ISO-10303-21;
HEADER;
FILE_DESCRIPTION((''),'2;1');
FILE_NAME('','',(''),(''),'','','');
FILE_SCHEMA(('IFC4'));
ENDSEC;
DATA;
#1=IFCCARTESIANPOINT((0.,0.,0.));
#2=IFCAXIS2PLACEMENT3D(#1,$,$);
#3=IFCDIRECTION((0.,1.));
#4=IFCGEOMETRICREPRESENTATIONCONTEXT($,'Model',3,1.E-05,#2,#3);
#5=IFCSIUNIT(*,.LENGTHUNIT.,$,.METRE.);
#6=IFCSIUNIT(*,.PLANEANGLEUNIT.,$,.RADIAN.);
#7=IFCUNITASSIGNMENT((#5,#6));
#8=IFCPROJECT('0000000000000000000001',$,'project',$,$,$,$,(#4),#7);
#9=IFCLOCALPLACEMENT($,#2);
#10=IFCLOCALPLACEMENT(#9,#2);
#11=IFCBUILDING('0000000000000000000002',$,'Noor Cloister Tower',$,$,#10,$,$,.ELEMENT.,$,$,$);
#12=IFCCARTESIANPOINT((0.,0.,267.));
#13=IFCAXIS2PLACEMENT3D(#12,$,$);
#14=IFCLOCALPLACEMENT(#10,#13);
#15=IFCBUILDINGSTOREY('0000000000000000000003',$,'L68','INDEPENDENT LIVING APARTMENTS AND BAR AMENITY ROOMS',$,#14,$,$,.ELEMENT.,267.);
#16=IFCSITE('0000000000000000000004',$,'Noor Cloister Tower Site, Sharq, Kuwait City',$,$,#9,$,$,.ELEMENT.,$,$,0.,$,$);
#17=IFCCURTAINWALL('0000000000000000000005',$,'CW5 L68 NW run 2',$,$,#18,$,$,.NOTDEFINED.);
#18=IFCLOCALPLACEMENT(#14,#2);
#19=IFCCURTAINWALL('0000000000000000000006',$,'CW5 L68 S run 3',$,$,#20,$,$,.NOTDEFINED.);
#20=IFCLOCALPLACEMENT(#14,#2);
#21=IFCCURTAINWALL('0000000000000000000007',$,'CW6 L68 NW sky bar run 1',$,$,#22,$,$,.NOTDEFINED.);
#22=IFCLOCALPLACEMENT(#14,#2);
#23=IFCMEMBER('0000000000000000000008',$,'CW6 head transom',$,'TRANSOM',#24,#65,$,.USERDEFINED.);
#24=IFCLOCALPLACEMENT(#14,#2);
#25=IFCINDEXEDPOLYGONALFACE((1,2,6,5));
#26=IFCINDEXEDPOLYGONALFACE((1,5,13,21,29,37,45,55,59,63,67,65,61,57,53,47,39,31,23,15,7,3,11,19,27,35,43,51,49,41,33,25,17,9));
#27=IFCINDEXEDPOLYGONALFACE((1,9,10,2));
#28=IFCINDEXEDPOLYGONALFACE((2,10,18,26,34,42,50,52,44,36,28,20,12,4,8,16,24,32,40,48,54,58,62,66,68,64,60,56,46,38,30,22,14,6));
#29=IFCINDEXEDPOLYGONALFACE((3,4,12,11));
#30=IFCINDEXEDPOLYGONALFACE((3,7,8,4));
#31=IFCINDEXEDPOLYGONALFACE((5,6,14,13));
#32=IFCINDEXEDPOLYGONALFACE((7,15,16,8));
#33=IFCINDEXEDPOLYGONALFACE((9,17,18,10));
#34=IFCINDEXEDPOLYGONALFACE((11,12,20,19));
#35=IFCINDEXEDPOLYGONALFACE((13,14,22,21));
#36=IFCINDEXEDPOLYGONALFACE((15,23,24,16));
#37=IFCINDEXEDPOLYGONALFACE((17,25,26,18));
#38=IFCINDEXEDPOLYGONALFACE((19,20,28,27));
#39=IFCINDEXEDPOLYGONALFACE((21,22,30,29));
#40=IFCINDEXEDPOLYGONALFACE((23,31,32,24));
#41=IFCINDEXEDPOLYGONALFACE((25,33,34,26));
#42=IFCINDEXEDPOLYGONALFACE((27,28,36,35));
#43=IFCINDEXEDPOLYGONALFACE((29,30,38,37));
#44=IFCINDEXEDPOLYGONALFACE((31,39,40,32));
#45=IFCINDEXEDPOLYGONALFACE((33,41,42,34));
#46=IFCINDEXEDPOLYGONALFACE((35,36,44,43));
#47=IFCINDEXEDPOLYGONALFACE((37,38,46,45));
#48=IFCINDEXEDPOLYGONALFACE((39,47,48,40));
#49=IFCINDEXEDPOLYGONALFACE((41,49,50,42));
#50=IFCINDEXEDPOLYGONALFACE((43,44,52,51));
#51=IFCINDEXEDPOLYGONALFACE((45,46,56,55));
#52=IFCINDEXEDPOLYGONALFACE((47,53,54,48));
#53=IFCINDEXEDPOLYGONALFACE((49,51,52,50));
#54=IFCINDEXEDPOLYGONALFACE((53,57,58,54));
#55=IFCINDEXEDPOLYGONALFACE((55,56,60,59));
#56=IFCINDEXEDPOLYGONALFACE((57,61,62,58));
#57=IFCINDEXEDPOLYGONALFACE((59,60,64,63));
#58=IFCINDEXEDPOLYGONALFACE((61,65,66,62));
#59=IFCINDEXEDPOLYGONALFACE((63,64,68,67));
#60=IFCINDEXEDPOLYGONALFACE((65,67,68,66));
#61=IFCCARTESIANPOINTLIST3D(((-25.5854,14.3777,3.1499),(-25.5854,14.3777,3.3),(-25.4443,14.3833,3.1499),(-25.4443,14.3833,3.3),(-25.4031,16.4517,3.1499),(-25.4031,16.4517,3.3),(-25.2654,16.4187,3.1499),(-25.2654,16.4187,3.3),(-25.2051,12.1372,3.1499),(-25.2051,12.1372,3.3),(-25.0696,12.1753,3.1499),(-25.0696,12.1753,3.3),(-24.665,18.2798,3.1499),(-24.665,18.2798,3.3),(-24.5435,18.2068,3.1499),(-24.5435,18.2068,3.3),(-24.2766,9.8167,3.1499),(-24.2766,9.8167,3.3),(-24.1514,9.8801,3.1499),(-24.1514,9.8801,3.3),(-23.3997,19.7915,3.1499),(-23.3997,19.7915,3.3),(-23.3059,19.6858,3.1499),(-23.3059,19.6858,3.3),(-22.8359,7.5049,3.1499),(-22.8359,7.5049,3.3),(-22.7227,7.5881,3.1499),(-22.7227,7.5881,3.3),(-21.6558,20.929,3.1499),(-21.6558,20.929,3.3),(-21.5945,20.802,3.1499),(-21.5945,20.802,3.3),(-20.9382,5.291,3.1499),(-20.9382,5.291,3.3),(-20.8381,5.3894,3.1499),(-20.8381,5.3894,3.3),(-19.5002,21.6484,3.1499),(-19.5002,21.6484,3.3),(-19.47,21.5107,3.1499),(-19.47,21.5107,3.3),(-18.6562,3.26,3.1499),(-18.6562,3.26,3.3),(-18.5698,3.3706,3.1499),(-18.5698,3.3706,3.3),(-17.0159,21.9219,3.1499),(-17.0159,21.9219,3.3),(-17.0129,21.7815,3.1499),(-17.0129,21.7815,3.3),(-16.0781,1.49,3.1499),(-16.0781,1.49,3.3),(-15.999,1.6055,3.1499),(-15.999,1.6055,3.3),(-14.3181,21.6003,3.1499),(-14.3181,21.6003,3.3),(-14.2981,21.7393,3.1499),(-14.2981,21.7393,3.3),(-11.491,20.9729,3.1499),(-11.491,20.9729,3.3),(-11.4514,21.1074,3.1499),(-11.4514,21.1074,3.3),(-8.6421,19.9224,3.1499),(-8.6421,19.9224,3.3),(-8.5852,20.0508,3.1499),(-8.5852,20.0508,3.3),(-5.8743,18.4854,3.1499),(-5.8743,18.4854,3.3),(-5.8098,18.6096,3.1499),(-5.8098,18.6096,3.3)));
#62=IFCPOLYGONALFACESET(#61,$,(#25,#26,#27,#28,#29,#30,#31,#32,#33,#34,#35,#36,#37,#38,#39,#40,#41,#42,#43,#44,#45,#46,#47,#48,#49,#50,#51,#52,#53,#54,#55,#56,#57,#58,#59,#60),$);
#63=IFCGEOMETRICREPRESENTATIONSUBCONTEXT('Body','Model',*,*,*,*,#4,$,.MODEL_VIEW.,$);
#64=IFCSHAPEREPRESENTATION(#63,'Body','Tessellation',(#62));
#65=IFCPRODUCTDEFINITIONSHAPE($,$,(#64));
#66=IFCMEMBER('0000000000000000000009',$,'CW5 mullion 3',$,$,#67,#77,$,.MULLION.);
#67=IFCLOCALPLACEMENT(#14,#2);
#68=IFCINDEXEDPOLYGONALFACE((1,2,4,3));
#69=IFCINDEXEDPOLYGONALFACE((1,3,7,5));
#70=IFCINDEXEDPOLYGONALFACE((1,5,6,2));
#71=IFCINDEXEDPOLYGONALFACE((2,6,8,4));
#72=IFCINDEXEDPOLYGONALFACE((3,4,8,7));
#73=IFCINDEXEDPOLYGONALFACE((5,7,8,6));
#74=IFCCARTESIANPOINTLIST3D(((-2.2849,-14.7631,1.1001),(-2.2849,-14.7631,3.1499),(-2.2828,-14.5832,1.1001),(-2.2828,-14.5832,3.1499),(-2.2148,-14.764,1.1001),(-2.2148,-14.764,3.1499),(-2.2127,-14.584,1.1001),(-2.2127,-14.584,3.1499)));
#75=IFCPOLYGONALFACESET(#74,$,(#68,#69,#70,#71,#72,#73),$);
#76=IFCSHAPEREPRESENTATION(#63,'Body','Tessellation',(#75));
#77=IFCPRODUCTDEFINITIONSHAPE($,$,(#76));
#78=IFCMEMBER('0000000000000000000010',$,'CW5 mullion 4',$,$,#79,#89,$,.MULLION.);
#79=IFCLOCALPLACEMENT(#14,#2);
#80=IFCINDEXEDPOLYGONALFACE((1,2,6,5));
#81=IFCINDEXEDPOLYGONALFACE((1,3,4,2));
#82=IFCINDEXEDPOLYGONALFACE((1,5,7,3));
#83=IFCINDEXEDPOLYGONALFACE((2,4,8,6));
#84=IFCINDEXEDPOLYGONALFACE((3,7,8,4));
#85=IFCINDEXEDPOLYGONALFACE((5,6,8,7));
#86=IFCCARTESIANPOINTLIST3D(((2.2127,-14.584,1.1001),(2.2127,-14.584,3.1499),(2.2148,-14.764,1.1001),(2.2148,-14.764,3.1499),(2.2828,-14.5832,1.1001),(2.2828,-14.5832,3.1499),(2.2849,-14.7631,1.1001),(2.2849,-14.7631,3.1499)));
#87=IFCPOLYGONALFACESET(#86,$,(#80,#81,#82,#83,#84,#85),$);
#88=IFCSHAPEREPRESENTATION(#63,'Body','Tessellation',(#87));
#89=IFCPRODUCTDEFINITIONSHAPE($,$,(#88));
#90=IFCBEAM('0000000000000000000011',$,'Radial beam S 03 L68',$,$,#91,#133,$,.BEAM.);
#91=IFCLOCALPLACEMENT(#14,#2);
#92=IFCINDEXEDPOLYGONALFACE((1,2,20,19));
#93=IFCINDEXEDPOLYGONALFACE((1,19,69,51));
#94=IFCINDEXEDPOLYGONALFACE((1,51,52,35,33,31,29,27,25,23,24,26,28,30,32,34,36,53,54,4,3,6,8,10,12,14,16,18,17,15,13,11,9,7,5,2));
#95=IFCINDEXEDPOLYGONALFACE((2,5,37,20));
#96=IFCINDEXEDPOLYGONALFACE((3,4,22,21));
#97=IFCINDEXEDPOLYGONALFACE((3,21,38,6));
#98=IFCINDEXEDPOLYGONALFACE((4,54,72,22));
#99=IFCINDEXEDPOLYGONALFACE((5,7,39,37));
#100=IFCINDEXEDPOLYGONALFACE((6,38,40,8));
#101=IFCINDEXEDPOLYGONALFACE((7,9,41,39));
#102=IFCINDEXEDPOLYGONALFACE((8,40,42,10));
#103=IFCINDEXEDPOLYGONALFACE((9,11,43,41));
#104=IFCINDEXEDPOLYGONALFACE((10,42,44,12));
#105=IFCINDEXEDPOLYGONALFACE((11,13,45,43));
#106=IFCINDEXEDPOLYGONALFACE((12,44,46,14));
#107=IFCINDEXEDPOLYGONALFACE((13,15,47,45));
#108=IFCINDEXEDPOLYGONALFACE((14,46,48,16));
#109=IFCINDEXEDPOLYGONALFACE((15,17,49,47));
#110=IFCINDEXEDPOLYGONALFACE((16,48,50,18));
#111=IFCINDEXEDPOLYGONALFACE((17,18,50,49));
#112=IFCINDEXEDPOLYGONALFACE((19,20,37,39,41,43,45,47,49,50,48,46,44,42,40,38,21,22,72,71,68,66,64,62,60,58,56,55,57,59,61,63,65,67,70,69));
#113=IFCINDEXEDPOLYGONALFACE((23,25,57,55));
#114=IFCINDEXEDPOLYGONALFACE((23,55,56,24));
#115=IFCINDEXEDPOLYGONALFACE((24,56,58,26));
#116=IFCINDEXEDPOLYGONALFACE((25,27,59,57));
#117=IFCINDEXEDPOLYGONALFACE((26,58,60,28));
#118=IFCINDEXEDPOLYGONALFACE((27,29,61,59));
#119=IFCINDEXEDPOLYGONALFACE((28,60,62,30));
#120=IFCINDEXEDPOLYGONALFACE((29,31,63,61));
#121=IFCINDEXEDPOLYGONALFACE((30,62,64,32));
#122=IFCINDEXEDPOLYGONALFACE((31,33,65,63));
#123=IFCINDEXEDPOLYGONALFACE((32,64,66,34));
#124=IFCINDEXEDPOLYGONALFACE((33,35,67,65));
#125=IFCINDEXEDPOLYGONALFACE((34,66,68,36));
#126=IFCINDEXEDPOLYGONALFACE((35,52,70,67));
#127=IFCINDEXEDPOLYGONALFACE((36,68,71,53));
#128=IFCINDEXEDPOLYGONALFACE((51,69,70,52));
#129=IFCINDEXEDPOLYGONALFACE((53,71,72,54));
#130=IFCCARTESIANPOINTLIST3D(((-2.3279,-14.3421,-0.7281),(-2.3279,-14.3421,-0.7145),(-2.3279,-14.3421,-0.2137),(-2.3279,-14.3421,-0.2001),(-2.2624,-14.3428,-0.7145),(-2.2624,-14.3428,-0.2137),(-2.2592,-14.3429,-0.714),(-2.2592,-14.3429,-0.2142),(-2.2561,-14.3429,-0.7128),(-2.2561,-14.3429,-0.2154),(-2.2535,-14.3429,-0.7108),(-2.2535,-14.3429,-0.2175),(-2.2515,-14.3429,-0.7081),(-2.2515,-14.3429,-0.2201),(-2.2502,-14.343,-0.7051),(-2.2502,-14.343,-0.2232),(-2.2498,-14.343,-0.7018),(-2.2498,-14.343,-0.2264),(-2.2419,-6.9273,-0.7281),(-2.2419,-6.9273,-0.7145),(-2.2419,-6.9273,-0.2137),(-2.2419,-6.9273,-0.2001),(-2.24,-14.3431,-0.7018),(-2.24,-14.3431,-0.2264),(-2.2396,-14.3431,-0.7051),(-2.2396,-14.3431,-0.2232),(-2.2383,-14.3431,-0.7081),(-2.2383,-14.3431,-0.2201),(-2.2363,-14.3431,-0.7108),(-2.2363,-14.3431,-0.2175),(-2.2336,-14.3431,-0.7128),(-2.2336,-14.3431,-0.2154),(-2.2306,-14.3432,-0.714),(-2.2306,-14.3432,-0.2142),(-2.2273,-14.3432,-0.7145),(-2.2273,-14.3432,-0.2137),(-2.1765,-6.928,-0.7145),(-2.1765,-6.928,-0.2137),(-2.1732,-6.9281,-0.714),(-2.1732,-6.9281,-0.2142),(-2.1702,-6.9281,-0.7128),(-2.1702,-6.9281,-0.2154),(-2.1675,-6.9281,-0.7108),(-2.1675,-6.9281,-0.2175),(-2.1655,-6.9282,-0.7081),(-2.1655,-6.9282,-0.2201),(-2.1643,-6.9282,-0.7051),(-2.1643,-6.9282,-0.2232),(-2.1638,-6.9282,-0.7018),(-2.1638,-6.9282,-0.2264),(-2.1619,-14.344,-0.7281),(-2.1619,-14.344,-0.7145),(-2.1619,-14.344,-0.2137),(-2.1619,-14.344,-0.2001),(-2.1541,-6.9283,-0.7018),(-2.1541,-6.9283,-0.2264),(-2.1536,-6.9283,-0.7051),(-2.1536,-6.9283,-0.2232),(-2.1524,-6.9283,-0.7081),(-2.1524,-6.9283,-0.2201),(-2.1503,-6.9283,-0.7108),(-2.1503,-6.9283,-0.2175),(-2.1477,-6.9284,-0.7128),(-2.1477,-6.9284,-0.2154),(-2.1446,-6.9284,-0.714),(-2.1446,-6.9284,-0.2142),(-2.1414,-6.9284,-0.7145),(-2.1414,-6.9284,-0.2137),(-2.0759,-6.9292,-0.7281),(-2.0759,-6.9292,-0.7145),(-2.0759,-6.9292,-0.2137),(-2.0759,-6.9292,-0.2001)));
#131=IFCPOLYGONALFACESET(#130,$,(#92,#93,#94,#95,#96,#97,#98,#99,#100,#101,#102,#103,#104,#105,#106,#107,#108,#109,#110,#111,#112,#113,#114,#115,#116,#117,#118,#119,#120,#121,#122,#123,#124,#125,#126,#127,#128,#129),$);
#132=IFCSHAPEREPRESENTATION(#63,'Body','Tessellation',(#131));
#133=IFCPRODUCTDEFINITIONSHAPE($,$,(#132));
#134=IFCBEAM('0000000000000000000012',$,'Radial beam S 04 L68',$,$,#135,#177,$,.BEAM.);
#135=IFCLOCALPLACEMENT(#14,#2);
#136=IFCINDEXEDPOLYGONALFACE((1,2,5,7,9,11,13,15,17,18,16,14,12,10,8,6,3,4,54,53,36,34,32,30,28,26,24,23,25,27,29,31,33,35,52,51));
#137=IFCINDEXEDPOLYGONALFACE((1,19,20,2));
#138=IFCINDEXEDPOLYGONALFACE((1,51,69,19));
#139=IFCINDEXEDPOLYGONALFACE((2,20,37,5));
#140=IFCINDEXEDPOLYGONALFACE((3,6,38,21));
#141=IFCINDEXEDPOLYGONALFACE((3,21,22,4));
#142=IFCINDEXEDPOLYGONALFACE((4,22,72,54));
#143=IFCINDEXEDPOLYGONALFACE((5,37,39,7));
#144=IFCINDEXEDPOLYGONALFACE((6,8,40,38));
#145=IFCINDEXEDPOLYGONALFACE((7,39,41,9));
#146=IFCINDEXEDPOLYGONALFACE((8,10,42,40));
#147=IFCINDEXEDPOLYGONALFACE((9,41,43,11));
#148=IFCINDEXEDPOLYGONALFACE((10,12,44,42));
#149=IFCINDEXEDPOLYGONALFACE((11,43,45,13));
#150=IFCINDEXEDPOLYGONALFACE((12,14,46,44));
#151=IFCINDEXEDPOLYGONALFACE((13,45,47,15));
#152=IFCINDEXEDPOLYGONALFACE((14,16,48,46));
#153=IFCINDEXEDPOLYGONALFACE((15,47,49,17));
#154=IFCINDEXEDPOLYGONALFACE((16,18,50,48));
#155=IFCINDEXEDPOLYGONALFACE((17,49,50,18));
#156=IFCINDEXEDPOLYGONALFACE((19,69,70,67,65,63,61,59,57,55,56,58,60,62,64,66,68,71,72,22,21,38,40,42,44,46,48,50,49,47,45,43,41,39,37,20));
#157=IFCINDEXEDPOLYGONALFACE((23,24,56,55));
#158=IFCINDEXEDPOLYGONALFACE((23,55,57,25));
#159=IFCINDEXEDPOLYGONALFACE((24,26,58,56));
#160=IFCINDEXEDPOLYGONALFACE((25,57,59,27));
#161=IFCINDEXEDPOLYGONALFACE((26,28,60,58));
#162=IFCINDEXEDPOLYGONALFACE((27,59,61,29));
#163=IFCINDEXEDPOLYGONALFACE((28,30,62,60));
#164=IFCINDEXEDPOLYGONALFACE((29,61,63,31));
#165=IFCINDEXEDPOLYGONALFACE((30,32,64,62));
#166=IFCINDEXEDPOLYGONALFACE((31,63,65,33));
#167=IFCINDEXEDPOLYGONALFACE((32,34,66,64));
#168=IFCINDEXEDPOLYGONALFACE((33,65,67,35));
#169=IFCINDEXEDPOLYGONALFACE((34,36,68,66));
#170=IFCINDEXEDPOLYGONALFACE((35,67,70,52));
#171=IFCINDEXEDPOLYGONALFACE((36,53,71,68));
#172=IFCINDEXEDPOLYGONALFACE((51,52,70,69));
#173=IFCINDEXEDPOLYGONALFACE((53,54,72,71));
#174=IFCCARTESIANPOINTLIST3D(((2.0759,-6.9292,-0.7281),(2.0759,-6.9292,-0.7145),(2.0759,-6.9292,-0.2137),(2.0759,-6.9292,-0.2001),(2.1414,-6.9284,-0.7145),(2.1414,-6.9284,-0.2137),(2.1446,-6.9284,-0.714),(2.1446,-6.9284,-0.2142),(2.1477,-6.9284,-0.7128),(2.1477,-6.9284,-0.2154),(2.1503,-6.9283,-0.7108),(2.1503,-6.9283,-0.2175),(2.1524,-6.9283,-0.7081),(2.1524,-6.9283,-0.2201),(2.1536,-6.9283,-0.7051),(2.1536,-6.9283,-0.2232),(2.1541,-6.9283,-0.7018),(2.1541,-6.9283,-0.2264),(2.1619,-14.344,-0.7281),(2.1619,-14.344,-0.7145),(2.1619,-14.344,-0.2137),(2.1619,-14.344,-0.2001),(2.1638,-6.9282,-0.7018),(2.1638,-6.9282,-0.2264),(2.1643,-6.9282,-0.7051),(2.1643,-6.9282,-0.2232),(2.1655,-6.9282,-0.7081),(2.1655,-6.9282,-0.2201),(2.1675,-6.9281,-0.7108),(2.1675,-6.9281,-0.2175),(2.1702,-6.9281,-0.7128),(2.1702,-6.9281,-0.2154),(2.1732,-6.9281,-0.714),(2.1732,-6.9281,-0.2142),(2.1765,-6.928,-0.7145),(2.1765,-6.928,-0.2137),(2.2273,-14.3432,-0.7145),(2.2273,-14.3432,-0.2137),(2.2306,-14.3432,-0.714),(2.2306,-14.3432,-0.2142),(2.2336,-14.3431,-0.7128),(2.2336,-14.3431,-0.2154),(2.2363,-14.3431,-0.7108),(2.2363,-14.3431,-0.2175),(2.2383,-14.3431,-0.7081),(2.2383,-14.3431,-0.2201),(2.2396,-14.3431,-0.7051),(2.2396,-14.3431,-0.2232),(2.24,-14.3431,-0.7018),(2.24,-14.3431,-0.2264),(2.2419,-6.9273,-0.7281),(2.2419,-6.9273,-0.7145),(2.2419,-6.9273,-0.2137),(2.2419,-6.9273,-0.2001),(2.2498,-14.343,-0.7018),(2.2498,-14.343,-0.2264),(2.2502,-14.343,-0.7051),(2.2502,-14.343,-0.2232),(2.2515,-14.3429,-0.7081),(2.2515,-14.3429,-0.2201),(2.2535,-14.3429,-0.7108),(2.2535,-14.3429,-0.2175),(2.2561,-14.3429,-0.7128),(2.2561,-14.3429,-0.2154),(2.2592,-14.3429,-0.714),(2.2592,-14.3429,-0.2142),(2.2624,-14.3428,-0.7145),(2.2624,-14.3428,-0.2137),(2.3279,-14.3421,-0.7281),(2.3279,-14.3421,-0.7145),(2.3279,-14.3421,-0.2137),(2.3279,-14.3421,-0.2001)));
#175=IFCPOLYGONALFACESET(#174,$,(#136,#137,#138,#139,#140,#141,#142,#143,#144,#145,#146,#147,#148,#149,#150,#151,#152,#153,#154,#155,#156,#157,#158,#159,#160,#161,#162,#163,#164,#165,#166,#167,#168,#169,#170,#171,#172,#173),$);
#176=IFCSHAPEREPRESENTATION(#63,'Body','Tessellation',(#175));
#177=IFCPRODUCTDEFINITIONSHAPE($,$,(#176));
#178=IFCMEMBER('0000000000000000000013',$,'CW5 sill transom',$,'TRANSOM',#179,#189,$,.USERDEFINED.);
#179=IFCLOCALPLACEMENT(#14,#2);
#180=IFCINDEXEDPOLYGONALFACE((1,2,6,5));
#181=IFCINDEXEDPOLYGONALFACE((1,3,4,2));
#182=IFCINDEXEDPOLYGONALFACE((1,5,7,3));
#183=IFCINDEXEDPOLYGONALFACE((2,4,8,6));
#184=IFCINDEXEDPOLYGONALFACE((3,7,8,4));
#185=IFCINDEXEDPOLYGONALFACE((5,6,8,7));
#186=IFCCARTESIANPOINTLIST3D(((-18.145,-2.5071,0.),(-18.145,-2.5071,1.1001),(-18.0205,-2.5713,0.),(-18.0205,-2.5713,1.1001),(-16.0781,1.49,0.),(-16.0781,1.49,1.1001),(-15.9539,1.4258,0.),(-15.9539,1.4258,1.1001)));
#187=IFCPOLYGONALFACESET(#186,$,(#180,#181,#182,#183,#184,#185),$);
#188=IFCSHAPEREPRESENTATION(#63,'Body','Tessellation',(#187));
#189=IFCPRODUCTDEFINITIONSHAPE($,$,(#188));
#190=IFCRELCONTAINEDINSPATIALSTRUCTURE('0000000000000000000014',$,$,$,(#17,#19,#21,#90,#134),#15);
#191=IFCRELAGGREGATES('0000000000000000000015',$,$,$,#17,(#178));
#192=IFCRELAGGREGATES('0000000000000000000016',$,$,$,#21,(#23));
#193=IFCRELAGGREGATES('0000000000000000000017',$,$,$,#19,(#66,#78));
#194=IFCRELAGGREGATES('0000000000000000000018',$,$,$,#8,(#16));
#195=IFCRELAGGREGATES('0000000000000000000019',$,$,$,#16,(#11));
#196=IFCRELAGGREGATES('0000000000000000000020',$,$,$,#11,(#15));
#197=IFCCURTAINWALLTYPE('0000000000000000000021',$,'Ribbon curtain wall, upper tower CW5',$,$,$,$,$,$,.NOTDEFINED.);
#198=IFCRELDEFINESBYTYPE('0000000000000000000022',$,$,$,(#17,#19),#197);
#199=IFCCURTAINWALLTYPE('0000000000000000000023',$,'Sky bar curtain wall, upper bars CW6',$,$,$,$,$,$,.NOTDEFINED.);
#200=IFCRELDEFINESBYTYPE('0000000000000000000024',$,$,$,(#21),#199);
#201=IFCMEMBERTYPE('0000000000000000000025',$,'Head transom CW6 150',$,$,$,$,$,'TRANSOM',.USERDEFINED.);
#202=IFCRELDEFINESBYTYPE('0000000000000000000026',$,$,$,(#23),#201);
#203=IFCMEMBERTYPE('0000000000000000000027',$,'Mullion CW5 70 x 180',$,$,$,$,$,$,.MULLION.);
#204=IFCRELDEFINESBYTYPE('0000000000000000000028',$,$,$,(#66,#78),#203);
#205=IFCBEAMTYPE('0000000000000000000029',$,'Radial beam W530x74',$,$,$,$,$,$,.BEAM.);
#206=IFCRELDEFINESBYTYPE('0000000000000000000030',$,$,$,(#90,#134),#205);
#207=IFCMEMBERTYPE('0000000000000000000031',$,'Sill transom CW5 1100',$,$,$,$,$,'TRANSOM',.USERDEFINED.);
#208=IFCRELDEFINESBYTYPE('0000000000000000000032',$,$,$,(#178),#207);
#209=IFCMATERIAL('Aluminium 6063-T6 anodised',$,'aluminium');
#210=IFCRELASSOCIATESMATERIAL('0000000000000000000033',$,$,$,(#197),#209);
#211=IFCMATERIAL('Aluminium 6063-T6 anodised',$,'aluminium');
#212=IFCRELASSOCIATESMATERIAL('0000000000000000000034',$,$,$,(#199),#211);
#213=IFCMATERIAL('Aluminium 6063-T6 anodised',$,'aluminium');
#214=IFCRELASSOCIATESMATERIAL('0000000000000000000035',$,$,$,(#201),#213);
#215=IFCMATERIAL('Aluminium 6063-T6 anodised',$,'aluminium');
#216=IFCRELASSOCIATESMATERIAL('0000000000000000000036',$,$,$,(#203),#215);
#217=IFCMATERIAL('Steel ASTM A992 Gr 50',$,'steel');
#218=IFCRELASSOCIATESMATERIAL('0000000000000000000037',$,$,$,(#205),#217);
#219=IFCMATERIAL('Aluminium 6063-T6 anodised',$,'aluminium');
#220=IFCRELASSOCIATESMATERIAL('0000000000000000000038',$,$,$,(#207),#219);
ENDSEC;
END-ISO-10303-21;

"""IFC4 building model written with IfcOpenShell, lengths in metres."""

from ifc_helpers import new_model, si_unit, direction, frame, origin, origin_2d, place, context, subcontext, project, spatial, polyline, rectangle, i_section, outline, extrude, material, material_profile, profile_set, type_object, element, aggregate, save


model = new_model("IFC4")

# Units and contexts
model_context = context("Model", 3, precision=1e-05, world=origin(), true_north=direction((0.0, 1.0)))
body_context = subcontext(model_context, "Body", "Model", "MODEL_VIEW")
ifc_project = project(units=[si_unit("LENGTHUNIT", "METRE"), si_unit("PLANEANGLEUNIT", "RADIAN")], contexts=[model_context])

# Site, building, storey
site_placement = place(None, origin())
site = spatial("IfcSite", under=ifc_project, at=site_placement, Name="Noor Cloister Tower Site, Sharq, Kuwait City", CompositionType="ELEMENT", RefElevation=0.0)
building_placement = place(site_placement, origin())
building = spatial("IfcBuilding", under=site, at=building_placement, Name="Noor Cloister Tower", CompositionType="ELEMENT")
storey_placement = place(building_placement, frame((0.0, 0.0, 267.0)))
storey = spatial("IfcBuildingStorey", under=building, at=storey_placement, Name="L68", Description="INDEPENDENT LIVING APARTMENTS AND BAR AMENITY ROOMS", CompositionType="ELEMENT", Elevation=267.0)

# Curtain walls, member
ifc_material_1 = material(Name="Aluminium 6063-T6 anodised", Category="aluminium")
curtain_wall_type_1 = type_object("IfcCurtainWallType", Name="Ribbon curtain wall, upper tower CW5", PredefinedType="NOTDEFINED", material=ifc_material_1)
curtain_wall_1_placement = place(storey_placement, origin())
curtain_wall_1 = element("IfcCurtainWall", 1, at=curtain_wall_1_placement, inside=storey, type_object=curtain_wall_type_1, Name="CW5 L68 NW run 2", PredefinedType="NOTDEFINED")
curtain_wall_2_placement = place(storey_placement, origin())
curtain_wall_2 = element("IfcCurtainWall", 2, at=curtain_wall_2_placement, inside=storey, type_object=curtain_wall_type_1, Name="CW5 L68 S run 3", PredefinedType="NOTDEFINED")
ifc_material_2 = material(Name="Aluminium 6063-T6 anodised", Category="aluminium")
curtain_wall_type_2 = type_object("IfcCurtainWallType", Name="Sky bar curtain wall, upper bars CW6", PredefinedType="NOTDEFINED", material=ifc_material_2)
curtain_wall_3_placement = place(storey_placement, origin())
curtain_wall_3 = element("IfcCurtainWall", 3, at=curtain_wall_3_placement, inside=storey, type_object=curtain_wall_type_2, Name="CW6 L68 NW sky bar run 1", PredefinedType="NOTDEFINED")
ifc_material_3 = material(Name="Aluminium 6063-T6 anodised", Category="aluminium")
member_type_1 = type_object("IfcMemberType", Name="Head transom CW6 150", ElementType="TRANSOM", PredefinedType="USERDEFINED", material=ifc_material_3)
member_1_placement = place(storey_placement, frame((0.0, 0.0, 3.1499)))
member_1 = element("IfcMember", 4, at=member_1_placement, type_object=member_type_1, Name="CW6 head transom", ObjectType="TRANSOM", PredefinedType="USERDEFINED", context=body_context, shape_type="SweptSolid", body=[
    extrude(outline(polyline([(-5.8098, 18.6096), (-8.5852, 20.0508), (-11.4514, 21.1074), (-14.2981, 21.7393), (-17.0159, 21.9219), (-19.5002, 21.6484), (-21.6558, 20.929), (-23.3997, 19.7915), (-24.665, 18.2798), (-25.4031, 16.4517), (-25.5854, 14.3777), (-25.2051, 12.1372), (-24.2766, 9.8167), (-22.8359, 7.5049), (-20.9382, 5.291), (-18.6562, 3.26), (-16.0781, 1.49), (-15.999, 1.6055), (-18.5698, 3.3706), (-20.8381, 5.3894), (-22.7227, 7.5881), (-24.1514, 9.8801), (-25.0696, 12.1753), (-25.4443, 14.3833), (-25.2654, 16.4187), (-24.5435, 18.2068), (-23.3059, 19.6858), (-21.5945, 20.802), (-19.47, 21.5107), (-17.0129, 21.7815), (-14.3181, 21.6003), (-11.491, 20.9729), (-8.6421, 19.9224), (-5.8743, 18.4854), (-5.8098, 18.6096)])), origin(), (0.0, 0.0, 1.0), 0.1501),
])

# Members
ifc_material_4 = material(Name="Aluminium 6063-T6 anodised", Category="aluminium")
ifc_material_profile_1 = material_profile(ifc_material_4, rectangle(XDim=0.1799, YDim=0.0701, at=origin_2d()), Name="180 x 70 mullion")
ifc_profile_set_1 = profile_set([ifc_material_profile_1], Name="Aluminium 6063-T6 anodised")
member_type_2 = type_object("IfcMemberType", Name="Mullion CW5 70 x 180", PredefinedType="MULLION", material=ifc_profile_set_1)
member_2_placement = place(storey_placement, frame((-2.2488, -14.6736, 1.1001), z_axis=(0.0, 0.0, 1.0), x_axis=(0.011596, 0.999933, 0.0)))
member_2 = element("IfcMember", 5, at=member_2_placement, type_object=member_type_2, Name="CW5 mullion 3", PredefinedType="MULLION", context=body_context, shape_type="SweptSolid", body=[
    extrude(rectangle(XDim=0.1799, YDim=0.0701, at=origin_2d()), origin(), (0.0, 0.0, 1.0), 2.0498),
])
member_3_placement = place(storey_placement, frame((2.2488, -14.6736, 1.1001), z_axis=(0.0, 0.0, 1.0), x_axis=(-0.011596, 0.999933, 0.0)))
member_3 = element("IfcMember", 6, at=member_3_placement, type_object=member_type_2, Name="CW5 mullion 4", PredefinedType="MULLION", context=body_context, shape_type="SweptSolid", body=[
    extrude(rectangle(XDim=0.1799, YDim=0.0701, at=origin_2d()), origin(), (0.0, 0.0, 1.0), 2.0498),
])

# Beams
ifc_material_5 = material(Name="Steel ASTM A992 Gr 50", Category="steel")
ifc_material_profile_2 = material_profile(ifc_material_5, i_section(OverallWidth=0.166, OverallDepth=0.5281, WebThickness=0.0098, FlangeThickness=0.0137, FilletRadius=0.0127, at=origin_2d()), Name="W530x74")
ifc_profile_set_2 = profile_set([ifc_material_profile_2], Name="Steel ASTM A992 Gr 50")
beam_type_1 = type_object("IfcBeamType", Name="Radial beam W530x74", PredefinedType="BEAM", material=ifc_profile_set_2)
for number, where, z_axis, x_axis, name in (
    (7, (-2.2449, -14.343, -0.4641), (0.011589, 0.999933, 0.0), (-0.999933, 0.011589, 0.0), "Radial beam S 03 L68"),
    (8, (2.2449, -14.343, -0.4641), (-0.011589, 0.999933, 0.0), (-0.999933, -0.011589, 0.0), "Radial beam S 04 L68"),
):
    element("IfcBeam", number, at=place(storey_placement, frame(where, z_axis=z_axis, x_axis=x_axis)), inside=storey, type_object=beam_type_1, Name=name, PredefinedType="BEAM", context=body_context, shape_type="SweptSolid", body=[
        extrude(i_section(OverallWidth=0.166, OverallDepth=0.5281, WebThickness=0.0098, FlangeThickness=0.0137, FilletRadius=0.0127, at=origin_2d()), origin(), (0.0, 0.0, 1.0), 7.4153),
    ])

# Member
ifc_material_6 = material(Name="Aluminium 6063-T6 anodised", Category="aluminium")
member_type_3 = type_object("IfcMemberType", Name="Sill transom CW5 1100", ElementType="TRANSOM", PredefinedType="USERDEFINED", material=ifc_material_6)
member_4_placement = place(storey_placement, origin())
member_4 = element("IfcMember", 9, at=member_4_placement, type_object=member_type_3, Name="CW5 sill transom", ObjectType="TRANSOM", PredefinedType="USERDEFINED", context=body_context, shape_type="SweptSolid", body=[
    extrude(outline(polyline([(-16.0781, 1.49), (-18.145, -2.5071), (-18.0205, -2.5713), (-15.9539, 1.4258), (-16.0781, 1.49)])), origin(), (0.0, 0.0, 1.0), 1.1001),
])
aggregate(curtain_wall_1, [member_4])
aggregate(curtain_wall_3, [member_1])

aggregate(curtain_wall_2, [member_2, member_3])

save(model, "model.ifc")
